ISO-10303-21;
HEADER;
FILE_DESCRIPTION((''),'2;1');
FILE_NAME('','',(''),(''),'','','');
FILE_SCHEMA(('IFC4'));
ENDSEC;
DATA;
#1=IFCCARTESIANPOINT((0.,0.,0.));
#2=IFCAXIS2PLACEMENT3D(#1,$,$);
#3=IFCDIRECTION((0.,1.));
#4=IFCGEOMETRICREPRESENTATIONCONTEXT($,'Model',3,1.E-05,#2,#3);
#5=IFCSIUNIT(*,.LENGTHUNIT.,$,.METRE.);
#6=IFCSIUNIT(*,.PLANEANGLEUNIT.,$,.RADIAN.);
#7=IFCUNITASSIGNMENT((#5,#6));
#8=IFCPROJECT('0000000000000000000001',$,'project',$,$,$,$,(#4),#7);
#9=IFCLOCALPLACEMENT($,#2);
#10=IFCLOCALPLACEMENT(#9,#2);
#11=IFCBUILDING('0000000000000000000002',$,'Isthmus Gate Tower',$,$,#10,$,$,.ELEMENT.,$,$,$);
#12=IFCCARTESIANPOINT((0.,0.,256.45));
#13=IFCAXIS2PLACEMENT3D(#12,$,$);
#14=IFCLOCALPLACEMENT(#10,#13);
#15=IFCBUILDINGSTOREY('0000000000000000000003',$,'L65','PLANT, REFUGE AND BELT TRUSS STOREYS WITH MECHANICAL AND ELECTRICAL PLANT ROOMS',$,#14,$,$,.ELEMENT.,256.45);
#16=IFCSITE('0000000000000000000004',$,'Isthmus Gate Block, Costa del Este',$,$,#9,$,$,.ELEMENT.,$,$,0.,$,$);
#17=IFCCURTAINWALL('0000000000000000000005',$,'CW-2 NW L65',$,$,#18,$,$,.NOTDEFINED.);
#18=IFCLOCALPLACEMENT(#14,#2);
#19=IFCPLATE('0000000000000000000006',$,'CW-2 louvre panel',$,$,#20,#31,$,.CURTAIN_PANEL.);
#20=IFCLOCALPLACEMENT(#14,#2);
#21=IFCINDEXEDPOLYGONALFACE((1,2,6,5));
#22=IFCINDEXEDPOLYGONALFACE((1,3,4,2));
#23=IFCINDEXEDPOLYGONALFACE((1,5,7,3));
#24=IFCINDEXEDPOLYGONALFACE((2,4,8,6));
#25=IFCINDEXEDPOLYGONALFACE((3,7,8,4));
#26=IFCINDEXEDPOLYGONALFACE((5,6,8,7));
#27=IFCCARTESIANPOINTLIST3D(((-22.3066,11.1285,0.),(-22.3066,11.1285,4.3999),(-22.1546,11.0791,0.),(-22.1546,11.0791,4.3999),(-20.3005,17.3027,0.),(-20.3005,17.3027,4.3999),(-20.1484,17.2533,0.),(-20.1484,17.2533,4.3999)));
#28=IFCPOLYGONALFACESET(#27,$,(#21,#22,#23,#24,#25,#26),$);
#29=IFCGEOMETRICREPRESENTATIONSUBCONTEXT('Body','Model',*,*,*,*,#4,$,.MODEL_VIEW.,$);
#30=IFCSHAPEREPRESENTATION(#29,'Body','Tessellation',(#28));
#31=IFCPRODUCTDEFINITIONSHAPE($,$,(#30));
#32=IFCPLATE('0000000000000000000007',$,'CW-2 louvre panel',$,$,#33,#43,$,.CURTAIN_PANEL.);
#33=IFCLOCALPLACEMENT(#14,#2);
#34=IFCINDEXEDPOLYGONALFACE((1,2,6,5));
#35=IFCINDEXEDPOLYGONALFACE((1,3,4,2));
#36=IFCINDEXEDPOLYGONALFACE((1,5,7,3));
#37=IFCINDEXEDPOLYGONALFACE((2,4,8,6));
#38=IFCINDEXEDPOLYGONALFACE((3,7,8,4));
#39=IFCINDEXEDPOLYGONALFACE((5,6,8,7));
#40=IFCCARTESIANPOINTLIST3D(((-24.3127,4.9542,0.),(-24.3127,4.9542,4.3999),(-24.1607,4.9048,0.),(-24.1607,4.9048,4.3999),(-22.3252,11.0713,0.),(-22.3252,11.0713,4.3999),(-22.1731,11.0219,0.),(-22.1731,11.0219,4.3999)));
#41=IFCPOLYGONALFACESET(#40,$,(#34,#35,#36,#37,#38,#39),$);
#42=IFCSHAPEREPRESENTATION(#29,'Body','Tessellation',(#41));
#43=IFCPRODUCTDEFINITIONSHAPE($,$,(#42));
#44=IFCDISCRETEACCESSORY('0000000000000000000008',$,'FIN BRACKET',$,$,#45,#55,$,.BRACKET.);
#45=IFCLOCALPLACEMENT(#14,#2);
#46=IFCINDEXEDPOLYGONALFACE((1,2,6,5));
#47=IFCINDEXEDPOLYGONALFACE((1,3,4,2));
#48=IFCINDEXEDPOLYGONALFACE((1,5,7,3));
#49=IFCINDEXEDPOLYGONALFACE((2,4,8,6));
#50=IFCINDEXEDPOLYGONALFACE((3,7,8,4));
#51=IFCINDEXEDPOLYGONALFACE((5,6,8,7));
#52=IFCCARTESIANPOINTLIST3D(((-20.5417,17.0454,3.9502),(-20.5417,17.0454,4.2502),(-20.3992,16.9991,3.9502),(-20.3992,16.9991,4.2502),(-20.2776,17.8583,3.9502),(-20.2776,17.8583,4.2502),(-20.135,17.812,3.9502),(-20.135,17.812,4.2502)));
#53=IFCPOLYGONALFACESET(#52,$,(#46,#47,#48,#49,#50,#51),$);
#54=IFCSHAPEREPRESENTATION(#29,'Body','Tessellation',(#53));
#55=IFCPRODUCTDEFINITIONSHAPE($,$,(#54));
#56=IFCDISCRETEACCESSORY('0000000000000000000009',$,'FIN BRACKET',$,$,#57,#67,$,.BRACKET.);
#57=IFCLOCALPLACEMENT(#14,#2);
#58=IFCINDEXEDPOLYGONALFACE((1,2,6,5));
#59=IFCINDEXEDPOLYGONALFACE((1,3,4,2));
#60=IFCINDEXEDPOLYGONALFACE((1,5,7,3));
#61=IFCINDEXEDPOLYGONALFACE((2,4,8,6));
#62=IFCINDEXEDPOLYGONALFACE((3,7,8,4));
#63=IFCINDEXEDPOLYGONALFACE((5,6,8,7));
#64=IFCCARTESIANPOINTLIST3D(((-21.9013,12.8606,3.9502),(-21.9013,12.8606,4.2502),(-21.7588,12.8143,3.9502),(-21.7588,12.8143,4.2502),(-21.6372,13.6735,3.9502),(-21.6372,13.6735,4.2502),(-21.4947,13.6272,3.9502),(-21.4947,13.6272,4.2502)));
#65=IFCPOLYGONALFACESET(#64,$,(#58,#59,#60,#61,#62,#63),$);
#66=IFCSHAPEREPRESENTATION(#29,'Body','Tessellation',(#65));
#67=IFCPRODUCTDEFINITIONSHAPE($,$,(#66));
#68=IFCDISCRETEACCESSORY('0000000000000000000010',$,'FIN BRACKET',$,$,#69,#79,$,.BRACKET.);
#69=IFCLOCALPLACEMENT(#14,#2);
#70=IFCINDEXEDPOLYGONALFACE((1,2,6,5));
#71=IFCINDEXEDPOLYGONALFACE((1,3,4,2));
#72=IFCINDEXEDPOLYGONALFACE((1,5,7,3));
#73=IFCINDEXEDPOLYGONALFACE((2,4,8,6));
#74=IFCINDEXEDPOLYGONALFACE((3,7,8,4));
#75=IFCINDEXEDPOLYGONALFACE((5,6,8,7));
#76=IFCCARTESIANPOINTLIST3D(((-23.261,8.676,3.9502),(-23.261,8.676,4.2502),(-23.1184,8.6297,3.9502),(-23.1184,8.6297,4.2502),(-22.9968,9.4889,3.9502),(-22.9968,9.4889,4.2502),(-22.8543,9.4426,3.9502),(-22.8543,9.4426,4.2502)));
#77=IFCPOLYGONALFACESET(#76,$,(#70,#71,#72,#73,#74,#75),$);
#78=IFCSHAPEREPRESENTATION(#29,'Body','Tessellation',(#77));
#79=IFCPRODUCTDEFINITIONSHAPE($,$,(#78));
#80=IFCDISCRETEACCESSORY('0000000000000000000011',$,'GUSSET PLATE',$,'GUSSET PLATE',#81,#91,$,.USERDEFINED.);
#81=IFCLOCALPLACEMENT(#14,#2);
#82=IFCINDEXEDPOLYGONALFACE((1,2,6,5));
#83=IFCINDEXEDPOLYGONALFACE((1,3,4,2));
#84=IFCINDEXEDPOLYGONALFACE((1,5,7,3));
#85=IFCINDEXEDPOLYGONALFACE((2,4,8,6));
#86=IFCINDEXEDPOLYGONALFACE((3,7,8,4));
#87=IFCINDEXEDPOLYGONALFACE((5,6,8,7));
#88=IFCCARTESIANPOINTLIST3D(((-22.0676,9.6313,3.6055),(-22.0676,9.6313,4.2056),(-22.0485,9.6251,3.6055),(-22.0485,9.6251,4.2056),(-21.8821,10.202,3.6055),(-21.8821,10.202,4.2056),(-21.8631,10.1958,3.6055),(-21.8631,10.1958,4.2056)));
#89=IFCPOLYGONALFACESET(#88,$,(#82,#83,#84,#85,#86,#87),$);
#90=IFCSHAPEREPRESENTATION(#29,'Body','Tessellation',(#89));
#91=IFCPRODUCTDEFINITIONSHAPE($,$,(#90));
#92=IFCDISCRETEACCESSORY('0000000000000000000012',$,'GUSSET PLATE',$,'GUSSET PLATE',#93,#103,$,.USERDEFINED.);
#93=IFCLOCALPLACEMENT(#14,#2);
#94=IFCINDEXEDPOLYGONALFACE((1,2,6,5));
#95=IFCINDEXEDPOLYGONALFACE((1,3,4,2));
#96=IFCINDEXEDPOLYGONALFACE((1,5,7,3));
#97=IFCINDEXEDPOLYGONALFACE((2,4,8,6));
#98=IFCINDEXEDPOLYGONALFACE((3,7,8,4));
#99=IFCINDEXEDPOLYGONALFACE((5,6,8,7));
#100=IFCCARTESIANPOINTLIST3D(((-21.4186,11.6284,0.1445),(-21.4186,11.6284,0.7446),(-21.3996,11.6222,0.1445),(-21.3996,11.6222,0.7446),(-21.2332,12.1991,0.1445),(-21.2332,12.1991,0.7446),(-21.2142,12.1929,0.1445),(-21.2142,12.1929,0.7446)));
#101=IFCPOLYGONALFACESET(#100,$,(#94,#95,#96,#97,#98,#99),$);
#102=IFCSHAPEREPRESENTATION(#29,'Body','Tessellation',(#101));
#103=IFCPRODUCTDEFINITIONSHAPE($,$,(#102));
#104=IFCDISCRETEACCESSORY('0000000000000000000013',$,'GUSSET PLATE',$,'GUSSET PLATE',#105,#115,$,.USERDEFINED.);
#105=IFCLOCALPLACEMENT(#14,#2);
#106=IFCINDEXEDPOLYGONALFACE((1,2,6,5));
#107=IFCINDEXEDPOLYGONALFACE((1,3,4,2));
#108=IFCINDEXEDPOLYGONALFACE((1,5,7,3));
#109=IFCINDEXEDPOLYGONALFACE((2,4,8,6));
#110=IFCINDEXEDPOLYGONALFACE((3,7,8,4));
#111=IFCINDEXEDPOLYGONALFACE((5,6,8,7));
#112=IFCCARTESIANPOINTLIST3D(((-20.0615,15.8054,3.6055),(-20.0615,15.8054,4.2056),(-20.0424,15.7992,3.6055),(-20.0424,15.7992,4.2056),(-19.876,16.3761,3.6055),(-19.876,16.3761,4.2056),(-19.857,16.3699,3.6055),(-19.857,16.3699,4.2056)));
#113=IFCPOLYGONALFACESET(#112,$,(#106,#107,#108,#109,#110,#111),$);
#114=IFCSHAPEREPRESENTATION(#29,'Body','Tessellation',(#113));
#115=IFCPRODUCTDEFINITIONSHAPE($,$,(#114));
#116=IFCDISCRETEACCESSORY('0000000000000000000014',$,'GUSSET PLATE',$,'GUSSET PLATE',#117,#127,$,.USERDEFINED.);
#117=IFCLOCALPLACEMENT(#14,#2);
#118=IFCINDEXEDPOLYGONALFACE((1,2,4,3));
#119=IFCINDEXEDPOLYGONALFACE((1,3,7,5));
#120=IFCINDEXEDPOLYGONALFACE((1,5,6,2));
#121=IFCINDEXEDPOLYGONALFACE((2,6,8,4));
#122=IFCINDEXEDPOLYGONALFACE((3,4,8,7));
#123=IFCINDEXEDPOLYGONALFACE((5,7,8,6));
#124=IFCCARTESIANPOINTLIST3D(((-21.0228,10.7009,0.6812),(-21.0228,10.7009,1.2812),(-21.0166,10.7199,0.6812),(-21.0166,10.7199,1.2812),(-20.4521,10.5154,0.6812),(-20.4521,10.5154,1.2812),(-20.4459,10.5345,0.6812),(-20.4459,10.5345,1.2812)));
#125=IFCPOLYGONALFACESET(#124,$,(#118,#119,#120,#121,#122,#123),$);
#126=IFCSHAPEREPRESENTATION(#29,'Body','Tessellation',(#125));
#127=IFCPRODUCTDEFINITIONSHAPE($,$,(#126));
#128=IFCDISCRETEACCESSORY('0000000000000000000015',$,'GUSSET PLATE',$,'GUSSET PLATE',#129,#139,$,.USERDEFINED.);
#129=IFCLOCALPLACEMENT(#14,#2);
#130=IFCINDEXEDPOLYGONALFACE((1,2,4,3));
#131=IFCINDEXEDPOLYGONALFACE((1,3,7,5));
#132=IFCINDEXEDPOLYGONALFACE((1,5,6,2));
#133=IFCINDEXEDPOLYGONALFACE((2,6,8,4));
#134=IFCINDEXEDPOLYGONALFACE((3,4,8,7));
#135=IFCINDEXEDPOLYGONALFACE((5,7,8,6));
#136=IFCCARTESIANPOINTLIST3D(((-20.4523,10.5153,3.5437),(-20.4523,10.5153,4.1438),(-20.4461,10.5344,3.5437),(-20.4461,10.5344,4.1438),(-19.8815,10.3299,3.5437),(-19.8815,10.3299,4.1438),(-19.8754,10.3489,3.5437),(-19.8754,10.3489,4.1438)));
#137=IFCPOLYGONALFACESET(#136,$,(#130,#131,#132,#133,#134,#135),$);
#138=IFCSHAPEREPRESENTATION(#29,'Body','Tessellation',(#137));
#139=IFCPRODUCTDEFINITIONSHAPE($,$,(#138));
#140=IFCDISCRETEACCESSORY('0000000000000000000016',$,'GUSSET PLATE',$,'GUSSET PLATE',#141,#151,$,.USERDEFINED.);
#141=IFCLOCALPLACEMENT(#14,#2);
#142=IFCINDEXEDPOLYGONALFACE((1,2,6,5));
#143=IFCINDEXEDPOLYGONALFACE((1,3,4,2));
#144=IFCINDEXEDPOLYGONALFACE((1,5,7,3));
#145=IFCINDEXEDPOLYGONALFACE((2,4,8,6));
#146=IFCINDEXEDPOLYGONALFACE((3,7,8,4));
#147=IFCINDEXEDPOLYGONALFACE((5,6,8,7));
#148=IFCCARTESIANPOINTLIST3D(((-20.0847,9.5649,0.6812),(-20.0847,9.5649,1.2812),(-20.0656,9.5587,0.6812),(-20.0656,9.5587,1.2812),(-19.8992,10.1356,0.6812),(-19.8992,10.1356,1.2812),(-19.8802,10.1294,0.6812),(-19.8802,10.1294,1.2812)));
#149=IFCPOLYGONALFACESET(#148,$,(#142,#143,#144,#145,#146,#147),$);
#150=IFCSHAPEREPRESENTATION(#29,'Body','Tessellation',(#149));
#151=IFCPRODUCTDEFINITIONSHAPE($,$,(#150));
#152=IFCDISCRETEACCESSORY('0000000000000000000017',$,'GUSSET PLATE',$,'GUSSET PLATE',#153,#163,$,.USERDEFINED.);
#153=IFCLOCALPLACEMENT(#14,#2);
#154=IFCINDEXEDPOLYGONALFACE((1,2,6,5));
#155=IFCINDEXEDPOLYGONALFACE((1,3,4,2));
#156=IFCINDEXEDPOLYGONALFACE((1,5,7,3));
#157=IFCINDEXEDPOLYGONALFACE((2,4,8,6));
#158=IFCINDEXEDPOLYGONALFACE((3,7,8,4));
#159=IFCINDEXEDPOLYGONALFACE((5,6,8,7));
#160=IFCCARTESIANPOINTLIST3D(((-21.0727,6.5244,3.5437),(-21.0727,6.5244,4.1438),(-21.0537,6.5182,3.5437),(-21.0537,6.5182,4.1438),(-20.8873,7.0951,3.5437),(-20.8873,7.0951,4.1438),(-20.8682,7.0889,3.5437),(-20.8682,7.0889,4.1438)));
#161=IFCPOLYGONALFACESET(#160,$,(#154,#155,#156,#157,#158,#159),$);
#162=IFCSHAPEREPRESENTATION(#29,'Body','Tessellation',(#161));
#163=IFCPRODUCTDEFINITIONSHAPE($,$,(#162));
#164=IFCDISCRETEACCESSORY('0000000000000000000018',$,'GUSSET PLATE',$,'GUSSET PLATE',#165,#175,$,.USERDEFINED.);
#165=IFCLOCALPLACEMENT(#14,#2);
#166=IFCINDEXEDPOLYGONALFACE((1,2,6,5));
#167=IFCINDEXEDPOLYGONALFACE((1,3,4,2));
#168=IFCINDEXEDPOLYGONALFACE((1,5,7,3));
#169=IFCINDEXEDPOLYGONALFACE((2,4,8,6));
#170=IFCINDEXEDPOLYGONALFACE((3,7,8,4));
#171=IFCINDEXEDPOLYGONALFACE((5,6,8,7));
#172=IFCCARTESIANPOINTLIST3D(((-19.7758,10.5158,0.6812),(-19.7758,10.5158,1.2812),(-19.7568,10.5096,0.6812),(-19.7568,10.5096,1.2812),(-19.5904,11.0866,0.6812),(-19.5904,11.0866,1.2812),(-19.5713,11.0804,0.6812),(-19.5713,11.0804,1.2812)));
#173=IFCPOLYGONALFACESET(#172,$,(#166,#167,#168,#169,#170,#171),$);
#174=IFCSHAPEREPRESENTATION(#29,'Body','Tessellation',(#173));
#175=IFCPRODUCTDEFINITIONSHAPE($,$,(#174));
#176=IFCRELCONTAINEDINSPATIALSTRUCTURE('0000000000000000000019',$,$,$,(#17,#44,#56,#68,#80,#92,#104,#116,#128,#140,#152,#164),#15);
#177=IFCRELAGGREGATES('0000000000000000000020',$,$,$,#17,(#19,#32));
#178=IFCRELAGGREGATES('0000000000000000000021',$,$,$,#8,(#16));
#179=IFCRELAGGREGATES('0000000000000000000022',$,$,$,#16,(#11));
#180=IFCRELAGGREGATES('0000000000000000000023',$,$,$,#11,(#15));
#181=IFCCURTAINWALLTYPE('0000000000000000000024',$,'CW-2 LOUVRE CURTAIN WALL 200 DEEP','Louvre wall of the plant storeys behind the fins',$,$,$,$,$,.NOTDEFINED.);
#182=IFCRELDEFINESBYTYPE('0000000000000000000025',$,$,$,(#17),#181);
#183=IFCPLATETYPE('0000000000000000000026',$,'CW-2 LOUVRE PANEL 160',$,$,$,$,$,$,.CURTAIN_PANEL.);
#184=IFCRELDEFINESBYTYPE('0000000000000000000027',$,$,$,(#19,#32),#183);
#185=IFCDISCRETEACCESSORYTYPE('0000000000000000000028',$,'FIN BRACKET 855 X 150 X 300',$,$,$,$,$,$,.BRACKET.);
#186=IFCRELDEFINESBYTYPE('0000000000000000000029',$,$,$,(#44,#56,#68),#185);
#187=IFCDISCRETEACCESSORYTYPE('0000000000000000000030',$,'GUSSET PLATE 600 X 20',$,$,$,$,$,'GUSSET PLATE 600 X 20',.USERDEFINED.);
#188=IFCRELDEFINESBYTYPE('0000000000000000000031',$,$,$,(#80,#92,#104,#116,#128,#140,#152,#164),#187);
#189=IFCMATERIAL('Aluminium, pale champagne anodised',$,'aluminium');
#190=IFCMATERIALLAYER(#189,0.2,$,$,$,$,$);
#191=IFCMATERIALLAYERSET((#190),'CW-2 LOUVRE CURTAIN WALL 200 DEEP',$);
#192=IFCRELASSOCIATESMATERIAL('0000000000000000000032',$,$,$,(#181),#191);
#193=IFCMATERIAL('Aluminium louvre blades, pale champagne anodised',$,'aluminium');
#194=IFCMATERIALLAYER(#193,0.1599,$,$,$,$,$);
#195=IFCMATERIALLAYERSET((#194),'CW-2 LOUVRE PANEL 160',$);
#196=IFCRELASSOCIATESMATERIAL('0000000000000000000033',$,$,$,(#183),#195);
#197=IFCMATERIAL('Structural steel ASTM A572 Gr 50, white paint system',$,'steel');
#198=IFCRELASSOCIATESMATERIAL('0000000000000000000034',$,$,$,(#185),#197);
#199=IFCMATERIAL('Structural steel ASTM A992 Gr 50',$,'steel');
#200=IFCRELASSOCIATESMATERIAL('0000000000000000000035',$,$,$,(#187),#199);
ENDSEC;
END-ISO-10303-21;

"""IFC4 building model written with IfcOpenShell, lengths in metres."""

from ifc_helpers import new_model, si_unit, direction, frame, origin, origin_2d, place, context, subcontext, project, spatial, rectangle, extrude, material, layer, layer_set, type_object, element, aggregate, save


model = new_model("IFC4")

# Units and contexts
model_context = context("Model", 3, precision=1e-05, world=origin(), true_north=direction((0.0, 1.0)))
body_context = subcontext(model_context, "Body", "Model", "MODEL_VIEW")
ifc_project = project(units=[si_unit("LENGTHUNIT", "METRE"), si_unit("PLANEANGLEUNIT", "RADIAN")], contexts=[model_context])

# Site, building, storey
site_placement = place(None, origin())
site = spatial("IfcSite", under=ifc_project, at=site_placement, Name="Isthmus Gate Block, Costa del Este", CompositionType="ELEMENT", RefElevation=0.0)
building_placement = place(site_placement, origin())
building = spatial("IfcBuilding", under=site, at=building_placement, Name="Isthmus Gate Tower", CompositionType="ELEMENT")
storey_placement = place(building_placement, frame((0.0, 0.0, 256.45)))
storey = spatial("IfcBuildingStorey", under=building, at=storey_placement, Name="L65", Description="PLANT, REFUGE AND BELT TRUSS STOREYS WITH MECHANICAL AND ELECTRICAL PLANT ROOMS", CompositionType="ELEMENT", Elevation=256.45)

# Curtain wall
ifc_material_1 = material(Name="Aluminium, pale champagne anodised", Category="aluminium")
ifc_layer_1 = layer(ifc_material_1, 0.2)
ifc_layer_set_1 = layer_set([ifc_layer_1], Name="CW-2 LOUVRE CURTAIN WALL 200 DEEP")
curtain_wall_type = type_object("IfcCurtainWallType", Name="CW-2 LOUVRE CURTAIN WALL 200 DEEP", Description="Louvre wall of the plant storeys behind the fins", PredefinedType="NOTDEFINED", material=ifc_layer_set_1)
curtain_wall_placement = place(storey_placement, origin())
curtain_wall = element("IfcCurtainWall", 1, at=curtain_wall_placement, inside=storey, type_object=curtain_wall_type, Name="CW-2 NW L65", PredefinedType="NOTDEFINED")

# Plates
ifc_material_2 = material(Name="Aluminium louvre blades, pale champagne anodised", Category="aluminium")
ifc_layer_2 = layer(ifc_material_2, 0.1599)
ifc_layer_set_2 = layer_set([ifc_layer_2], Name="CW-2 LOUVRE PANEL 160")
plate_type = type_object("IfcPlateType", Name="CW-2 LOUVRE PANEL 160", PredefinedType="CURTAIN_PANEL", material=ifc_layer_set_2)
plate_1_placement = place(storey_placement, frame((-21.2275, 14.1909, 0.0), z_axis=(0.0, 0.0, 1.0), x_axis=(-0.309017, -0.951057, 0.0)))
plate_1 = element("IfcPlate", 2, at=plate_1_placement, type_object=plate_type, Name="CW-2 louvre panel", PredefinedType="CURTAIN_PANEL", context=body_context, shape_type="SweptSolid", body=[
    extrude(rectangle(XDim=6.4919, YDim=0.1599, at=origin_2d()), origin(), (0.0, 0.0, 1.0), 4.3999),
])
plate_2_placement = place(storey_placement, frame((-23.2429, 7.988, 0.0), z_axis=(0.0, 0.0, 1.0), x_axis=(-0.309017, -0.951057, 0.0)))
plate_2 = element("IfcPlate", 3, at=plate_2_placement, type_object=plate_type, Name="CW-2 louvre panel", PredefinedType="CURTAIN_PANEL", context=body_context, shape_type="SweptSolid", body=[
    extrude(rectangle(XDim=6.4319, YDim=0.1599, at=origin_2d()), origin(), (0.0, 0.0, 1.0), 4.3999),
])
aggregate(curtain_wall, [plate_1, plate_2])

# Discrete accessories
ifc_material_3 = material(Name="Structural steel ASTM A572 Gr 50, white paint system", Category="steel")
discrete_accessory_type_1 = type_object("IfcDiscreteAccessoryType", Name="FIN BRACKET 855 X 150 X 300", PredefinedType="BRACKET", material=ifc_material_3)
for number, where, z_axis, x_axis, name in (
    (4, (-20.3384, 17.4287, 3.9502), (0.0, 0.0, 1.0), (-0.951057, 0.309017, 0.0), "FIN BRACKET"),
    (5, (-21.698, 13.2439, 3.9502), (0.0, 0.0, 1.0), (-0.951057, 0.309017, 0.0), "FIN BRACKET"),
    (6, (-23.0576, 9.0593, 3.9502), (0.0, 0.0, 1.0), (-0.951057, 0.309017, 0.0), "FIN BRACKET"),
):
    element("IfcDiscreteAccessory", number, at=place(storey_placement, frame(where, z_axis=z_axis, x_axis=x_axis)), inside=storey, type_object=discrete_accessory_type_1, Name=name, PredefinedType="BRACKET", context=body_context, shape_type="SweptSolid", body=[
        extrude(rectangle(XDim=0.1499, YDim=0.8547, at=origin_2d()), origin(), (0.0, 0.0, 1.0), 0.3),
    ])
ifc_material_4 = material(Name="Structural steel ASTM A992 Gr 50", Category="steel")
discrete_accessory_type_2 = type_object("IfcDiscreteAccessoryType", Name="GUSSET PLATE 600 X 20", ElementType="GUSSET PLATE 600 X 20", PredefinedType="USERDEFINED", material=ifc_material_4)
for number, where, z_axis, x_axis, name in (
    (7, (-21.9653, 9.9136, 3.6055), (0.0, 0.0, 1.0), (0.309017, 0.951057, 0.0), "GUSSET PLATE"),
    (8, (-21.3164, 11.9106, 0.1445), (0.0, 0.0, 1.0), (0.309017, 0.951057, 0.0), "GUSSET PLATE"),
    (9, (-19.9592, 16.0876, 3.6055), (0.0, 0.0, 1.0), (0.309017, 0.951057, 0.0), "GUSSET PLATE"),
    (10, (-20.7344, 10.6177, 0.6812), (0.0, 0.0, 1.0), (0.951057, -0.309017, 0.0), "GUSSET PLATE"),
    (11, (-20.1638, 10.4321, 3.5437), (0.0, 0.0, 1.0), (0.951057, -0.309017, 0.0), "GUSSET PLATE"),
    (12, (-19.9824, 9.8472, 0.6812), (0.0, 0.0, 1.0), (-0.309017, -0.951057, 0.0), "GUSSET PLATE"),
    (13, (-20.9705, 6.8066, 3.5437), (0.0, 0.0, 1.0), (-0.309017, -0.951057, 0.0), "GUSSET PLATE"),
    (14, (-19.6736, 10.7981, 0.6812), (0.0, 0.0, 1.0), (0.309017, 0.951057, 0.0), "GUSSET PLATE"),
):
    element("IfcDiscreteAccessory", number, at=place(storey_placement, frame(where, z_axis=z_axis, x_axis=x_axis)), inside=storey, type_object=discrete_accessory_type_2, Name=name, ObjectType="GUSSET PLATE", PredefinedType="USERDEFINED", context=body_context, shape_type="SweptSolid", body=[
        extrude(rectangle(XDim=0.6001, YDim=0.02, at=origin_2d()), origin(), (0.0, 0.0, 1.0), 0.6001),
    ])

save(model, "model.ifc")
